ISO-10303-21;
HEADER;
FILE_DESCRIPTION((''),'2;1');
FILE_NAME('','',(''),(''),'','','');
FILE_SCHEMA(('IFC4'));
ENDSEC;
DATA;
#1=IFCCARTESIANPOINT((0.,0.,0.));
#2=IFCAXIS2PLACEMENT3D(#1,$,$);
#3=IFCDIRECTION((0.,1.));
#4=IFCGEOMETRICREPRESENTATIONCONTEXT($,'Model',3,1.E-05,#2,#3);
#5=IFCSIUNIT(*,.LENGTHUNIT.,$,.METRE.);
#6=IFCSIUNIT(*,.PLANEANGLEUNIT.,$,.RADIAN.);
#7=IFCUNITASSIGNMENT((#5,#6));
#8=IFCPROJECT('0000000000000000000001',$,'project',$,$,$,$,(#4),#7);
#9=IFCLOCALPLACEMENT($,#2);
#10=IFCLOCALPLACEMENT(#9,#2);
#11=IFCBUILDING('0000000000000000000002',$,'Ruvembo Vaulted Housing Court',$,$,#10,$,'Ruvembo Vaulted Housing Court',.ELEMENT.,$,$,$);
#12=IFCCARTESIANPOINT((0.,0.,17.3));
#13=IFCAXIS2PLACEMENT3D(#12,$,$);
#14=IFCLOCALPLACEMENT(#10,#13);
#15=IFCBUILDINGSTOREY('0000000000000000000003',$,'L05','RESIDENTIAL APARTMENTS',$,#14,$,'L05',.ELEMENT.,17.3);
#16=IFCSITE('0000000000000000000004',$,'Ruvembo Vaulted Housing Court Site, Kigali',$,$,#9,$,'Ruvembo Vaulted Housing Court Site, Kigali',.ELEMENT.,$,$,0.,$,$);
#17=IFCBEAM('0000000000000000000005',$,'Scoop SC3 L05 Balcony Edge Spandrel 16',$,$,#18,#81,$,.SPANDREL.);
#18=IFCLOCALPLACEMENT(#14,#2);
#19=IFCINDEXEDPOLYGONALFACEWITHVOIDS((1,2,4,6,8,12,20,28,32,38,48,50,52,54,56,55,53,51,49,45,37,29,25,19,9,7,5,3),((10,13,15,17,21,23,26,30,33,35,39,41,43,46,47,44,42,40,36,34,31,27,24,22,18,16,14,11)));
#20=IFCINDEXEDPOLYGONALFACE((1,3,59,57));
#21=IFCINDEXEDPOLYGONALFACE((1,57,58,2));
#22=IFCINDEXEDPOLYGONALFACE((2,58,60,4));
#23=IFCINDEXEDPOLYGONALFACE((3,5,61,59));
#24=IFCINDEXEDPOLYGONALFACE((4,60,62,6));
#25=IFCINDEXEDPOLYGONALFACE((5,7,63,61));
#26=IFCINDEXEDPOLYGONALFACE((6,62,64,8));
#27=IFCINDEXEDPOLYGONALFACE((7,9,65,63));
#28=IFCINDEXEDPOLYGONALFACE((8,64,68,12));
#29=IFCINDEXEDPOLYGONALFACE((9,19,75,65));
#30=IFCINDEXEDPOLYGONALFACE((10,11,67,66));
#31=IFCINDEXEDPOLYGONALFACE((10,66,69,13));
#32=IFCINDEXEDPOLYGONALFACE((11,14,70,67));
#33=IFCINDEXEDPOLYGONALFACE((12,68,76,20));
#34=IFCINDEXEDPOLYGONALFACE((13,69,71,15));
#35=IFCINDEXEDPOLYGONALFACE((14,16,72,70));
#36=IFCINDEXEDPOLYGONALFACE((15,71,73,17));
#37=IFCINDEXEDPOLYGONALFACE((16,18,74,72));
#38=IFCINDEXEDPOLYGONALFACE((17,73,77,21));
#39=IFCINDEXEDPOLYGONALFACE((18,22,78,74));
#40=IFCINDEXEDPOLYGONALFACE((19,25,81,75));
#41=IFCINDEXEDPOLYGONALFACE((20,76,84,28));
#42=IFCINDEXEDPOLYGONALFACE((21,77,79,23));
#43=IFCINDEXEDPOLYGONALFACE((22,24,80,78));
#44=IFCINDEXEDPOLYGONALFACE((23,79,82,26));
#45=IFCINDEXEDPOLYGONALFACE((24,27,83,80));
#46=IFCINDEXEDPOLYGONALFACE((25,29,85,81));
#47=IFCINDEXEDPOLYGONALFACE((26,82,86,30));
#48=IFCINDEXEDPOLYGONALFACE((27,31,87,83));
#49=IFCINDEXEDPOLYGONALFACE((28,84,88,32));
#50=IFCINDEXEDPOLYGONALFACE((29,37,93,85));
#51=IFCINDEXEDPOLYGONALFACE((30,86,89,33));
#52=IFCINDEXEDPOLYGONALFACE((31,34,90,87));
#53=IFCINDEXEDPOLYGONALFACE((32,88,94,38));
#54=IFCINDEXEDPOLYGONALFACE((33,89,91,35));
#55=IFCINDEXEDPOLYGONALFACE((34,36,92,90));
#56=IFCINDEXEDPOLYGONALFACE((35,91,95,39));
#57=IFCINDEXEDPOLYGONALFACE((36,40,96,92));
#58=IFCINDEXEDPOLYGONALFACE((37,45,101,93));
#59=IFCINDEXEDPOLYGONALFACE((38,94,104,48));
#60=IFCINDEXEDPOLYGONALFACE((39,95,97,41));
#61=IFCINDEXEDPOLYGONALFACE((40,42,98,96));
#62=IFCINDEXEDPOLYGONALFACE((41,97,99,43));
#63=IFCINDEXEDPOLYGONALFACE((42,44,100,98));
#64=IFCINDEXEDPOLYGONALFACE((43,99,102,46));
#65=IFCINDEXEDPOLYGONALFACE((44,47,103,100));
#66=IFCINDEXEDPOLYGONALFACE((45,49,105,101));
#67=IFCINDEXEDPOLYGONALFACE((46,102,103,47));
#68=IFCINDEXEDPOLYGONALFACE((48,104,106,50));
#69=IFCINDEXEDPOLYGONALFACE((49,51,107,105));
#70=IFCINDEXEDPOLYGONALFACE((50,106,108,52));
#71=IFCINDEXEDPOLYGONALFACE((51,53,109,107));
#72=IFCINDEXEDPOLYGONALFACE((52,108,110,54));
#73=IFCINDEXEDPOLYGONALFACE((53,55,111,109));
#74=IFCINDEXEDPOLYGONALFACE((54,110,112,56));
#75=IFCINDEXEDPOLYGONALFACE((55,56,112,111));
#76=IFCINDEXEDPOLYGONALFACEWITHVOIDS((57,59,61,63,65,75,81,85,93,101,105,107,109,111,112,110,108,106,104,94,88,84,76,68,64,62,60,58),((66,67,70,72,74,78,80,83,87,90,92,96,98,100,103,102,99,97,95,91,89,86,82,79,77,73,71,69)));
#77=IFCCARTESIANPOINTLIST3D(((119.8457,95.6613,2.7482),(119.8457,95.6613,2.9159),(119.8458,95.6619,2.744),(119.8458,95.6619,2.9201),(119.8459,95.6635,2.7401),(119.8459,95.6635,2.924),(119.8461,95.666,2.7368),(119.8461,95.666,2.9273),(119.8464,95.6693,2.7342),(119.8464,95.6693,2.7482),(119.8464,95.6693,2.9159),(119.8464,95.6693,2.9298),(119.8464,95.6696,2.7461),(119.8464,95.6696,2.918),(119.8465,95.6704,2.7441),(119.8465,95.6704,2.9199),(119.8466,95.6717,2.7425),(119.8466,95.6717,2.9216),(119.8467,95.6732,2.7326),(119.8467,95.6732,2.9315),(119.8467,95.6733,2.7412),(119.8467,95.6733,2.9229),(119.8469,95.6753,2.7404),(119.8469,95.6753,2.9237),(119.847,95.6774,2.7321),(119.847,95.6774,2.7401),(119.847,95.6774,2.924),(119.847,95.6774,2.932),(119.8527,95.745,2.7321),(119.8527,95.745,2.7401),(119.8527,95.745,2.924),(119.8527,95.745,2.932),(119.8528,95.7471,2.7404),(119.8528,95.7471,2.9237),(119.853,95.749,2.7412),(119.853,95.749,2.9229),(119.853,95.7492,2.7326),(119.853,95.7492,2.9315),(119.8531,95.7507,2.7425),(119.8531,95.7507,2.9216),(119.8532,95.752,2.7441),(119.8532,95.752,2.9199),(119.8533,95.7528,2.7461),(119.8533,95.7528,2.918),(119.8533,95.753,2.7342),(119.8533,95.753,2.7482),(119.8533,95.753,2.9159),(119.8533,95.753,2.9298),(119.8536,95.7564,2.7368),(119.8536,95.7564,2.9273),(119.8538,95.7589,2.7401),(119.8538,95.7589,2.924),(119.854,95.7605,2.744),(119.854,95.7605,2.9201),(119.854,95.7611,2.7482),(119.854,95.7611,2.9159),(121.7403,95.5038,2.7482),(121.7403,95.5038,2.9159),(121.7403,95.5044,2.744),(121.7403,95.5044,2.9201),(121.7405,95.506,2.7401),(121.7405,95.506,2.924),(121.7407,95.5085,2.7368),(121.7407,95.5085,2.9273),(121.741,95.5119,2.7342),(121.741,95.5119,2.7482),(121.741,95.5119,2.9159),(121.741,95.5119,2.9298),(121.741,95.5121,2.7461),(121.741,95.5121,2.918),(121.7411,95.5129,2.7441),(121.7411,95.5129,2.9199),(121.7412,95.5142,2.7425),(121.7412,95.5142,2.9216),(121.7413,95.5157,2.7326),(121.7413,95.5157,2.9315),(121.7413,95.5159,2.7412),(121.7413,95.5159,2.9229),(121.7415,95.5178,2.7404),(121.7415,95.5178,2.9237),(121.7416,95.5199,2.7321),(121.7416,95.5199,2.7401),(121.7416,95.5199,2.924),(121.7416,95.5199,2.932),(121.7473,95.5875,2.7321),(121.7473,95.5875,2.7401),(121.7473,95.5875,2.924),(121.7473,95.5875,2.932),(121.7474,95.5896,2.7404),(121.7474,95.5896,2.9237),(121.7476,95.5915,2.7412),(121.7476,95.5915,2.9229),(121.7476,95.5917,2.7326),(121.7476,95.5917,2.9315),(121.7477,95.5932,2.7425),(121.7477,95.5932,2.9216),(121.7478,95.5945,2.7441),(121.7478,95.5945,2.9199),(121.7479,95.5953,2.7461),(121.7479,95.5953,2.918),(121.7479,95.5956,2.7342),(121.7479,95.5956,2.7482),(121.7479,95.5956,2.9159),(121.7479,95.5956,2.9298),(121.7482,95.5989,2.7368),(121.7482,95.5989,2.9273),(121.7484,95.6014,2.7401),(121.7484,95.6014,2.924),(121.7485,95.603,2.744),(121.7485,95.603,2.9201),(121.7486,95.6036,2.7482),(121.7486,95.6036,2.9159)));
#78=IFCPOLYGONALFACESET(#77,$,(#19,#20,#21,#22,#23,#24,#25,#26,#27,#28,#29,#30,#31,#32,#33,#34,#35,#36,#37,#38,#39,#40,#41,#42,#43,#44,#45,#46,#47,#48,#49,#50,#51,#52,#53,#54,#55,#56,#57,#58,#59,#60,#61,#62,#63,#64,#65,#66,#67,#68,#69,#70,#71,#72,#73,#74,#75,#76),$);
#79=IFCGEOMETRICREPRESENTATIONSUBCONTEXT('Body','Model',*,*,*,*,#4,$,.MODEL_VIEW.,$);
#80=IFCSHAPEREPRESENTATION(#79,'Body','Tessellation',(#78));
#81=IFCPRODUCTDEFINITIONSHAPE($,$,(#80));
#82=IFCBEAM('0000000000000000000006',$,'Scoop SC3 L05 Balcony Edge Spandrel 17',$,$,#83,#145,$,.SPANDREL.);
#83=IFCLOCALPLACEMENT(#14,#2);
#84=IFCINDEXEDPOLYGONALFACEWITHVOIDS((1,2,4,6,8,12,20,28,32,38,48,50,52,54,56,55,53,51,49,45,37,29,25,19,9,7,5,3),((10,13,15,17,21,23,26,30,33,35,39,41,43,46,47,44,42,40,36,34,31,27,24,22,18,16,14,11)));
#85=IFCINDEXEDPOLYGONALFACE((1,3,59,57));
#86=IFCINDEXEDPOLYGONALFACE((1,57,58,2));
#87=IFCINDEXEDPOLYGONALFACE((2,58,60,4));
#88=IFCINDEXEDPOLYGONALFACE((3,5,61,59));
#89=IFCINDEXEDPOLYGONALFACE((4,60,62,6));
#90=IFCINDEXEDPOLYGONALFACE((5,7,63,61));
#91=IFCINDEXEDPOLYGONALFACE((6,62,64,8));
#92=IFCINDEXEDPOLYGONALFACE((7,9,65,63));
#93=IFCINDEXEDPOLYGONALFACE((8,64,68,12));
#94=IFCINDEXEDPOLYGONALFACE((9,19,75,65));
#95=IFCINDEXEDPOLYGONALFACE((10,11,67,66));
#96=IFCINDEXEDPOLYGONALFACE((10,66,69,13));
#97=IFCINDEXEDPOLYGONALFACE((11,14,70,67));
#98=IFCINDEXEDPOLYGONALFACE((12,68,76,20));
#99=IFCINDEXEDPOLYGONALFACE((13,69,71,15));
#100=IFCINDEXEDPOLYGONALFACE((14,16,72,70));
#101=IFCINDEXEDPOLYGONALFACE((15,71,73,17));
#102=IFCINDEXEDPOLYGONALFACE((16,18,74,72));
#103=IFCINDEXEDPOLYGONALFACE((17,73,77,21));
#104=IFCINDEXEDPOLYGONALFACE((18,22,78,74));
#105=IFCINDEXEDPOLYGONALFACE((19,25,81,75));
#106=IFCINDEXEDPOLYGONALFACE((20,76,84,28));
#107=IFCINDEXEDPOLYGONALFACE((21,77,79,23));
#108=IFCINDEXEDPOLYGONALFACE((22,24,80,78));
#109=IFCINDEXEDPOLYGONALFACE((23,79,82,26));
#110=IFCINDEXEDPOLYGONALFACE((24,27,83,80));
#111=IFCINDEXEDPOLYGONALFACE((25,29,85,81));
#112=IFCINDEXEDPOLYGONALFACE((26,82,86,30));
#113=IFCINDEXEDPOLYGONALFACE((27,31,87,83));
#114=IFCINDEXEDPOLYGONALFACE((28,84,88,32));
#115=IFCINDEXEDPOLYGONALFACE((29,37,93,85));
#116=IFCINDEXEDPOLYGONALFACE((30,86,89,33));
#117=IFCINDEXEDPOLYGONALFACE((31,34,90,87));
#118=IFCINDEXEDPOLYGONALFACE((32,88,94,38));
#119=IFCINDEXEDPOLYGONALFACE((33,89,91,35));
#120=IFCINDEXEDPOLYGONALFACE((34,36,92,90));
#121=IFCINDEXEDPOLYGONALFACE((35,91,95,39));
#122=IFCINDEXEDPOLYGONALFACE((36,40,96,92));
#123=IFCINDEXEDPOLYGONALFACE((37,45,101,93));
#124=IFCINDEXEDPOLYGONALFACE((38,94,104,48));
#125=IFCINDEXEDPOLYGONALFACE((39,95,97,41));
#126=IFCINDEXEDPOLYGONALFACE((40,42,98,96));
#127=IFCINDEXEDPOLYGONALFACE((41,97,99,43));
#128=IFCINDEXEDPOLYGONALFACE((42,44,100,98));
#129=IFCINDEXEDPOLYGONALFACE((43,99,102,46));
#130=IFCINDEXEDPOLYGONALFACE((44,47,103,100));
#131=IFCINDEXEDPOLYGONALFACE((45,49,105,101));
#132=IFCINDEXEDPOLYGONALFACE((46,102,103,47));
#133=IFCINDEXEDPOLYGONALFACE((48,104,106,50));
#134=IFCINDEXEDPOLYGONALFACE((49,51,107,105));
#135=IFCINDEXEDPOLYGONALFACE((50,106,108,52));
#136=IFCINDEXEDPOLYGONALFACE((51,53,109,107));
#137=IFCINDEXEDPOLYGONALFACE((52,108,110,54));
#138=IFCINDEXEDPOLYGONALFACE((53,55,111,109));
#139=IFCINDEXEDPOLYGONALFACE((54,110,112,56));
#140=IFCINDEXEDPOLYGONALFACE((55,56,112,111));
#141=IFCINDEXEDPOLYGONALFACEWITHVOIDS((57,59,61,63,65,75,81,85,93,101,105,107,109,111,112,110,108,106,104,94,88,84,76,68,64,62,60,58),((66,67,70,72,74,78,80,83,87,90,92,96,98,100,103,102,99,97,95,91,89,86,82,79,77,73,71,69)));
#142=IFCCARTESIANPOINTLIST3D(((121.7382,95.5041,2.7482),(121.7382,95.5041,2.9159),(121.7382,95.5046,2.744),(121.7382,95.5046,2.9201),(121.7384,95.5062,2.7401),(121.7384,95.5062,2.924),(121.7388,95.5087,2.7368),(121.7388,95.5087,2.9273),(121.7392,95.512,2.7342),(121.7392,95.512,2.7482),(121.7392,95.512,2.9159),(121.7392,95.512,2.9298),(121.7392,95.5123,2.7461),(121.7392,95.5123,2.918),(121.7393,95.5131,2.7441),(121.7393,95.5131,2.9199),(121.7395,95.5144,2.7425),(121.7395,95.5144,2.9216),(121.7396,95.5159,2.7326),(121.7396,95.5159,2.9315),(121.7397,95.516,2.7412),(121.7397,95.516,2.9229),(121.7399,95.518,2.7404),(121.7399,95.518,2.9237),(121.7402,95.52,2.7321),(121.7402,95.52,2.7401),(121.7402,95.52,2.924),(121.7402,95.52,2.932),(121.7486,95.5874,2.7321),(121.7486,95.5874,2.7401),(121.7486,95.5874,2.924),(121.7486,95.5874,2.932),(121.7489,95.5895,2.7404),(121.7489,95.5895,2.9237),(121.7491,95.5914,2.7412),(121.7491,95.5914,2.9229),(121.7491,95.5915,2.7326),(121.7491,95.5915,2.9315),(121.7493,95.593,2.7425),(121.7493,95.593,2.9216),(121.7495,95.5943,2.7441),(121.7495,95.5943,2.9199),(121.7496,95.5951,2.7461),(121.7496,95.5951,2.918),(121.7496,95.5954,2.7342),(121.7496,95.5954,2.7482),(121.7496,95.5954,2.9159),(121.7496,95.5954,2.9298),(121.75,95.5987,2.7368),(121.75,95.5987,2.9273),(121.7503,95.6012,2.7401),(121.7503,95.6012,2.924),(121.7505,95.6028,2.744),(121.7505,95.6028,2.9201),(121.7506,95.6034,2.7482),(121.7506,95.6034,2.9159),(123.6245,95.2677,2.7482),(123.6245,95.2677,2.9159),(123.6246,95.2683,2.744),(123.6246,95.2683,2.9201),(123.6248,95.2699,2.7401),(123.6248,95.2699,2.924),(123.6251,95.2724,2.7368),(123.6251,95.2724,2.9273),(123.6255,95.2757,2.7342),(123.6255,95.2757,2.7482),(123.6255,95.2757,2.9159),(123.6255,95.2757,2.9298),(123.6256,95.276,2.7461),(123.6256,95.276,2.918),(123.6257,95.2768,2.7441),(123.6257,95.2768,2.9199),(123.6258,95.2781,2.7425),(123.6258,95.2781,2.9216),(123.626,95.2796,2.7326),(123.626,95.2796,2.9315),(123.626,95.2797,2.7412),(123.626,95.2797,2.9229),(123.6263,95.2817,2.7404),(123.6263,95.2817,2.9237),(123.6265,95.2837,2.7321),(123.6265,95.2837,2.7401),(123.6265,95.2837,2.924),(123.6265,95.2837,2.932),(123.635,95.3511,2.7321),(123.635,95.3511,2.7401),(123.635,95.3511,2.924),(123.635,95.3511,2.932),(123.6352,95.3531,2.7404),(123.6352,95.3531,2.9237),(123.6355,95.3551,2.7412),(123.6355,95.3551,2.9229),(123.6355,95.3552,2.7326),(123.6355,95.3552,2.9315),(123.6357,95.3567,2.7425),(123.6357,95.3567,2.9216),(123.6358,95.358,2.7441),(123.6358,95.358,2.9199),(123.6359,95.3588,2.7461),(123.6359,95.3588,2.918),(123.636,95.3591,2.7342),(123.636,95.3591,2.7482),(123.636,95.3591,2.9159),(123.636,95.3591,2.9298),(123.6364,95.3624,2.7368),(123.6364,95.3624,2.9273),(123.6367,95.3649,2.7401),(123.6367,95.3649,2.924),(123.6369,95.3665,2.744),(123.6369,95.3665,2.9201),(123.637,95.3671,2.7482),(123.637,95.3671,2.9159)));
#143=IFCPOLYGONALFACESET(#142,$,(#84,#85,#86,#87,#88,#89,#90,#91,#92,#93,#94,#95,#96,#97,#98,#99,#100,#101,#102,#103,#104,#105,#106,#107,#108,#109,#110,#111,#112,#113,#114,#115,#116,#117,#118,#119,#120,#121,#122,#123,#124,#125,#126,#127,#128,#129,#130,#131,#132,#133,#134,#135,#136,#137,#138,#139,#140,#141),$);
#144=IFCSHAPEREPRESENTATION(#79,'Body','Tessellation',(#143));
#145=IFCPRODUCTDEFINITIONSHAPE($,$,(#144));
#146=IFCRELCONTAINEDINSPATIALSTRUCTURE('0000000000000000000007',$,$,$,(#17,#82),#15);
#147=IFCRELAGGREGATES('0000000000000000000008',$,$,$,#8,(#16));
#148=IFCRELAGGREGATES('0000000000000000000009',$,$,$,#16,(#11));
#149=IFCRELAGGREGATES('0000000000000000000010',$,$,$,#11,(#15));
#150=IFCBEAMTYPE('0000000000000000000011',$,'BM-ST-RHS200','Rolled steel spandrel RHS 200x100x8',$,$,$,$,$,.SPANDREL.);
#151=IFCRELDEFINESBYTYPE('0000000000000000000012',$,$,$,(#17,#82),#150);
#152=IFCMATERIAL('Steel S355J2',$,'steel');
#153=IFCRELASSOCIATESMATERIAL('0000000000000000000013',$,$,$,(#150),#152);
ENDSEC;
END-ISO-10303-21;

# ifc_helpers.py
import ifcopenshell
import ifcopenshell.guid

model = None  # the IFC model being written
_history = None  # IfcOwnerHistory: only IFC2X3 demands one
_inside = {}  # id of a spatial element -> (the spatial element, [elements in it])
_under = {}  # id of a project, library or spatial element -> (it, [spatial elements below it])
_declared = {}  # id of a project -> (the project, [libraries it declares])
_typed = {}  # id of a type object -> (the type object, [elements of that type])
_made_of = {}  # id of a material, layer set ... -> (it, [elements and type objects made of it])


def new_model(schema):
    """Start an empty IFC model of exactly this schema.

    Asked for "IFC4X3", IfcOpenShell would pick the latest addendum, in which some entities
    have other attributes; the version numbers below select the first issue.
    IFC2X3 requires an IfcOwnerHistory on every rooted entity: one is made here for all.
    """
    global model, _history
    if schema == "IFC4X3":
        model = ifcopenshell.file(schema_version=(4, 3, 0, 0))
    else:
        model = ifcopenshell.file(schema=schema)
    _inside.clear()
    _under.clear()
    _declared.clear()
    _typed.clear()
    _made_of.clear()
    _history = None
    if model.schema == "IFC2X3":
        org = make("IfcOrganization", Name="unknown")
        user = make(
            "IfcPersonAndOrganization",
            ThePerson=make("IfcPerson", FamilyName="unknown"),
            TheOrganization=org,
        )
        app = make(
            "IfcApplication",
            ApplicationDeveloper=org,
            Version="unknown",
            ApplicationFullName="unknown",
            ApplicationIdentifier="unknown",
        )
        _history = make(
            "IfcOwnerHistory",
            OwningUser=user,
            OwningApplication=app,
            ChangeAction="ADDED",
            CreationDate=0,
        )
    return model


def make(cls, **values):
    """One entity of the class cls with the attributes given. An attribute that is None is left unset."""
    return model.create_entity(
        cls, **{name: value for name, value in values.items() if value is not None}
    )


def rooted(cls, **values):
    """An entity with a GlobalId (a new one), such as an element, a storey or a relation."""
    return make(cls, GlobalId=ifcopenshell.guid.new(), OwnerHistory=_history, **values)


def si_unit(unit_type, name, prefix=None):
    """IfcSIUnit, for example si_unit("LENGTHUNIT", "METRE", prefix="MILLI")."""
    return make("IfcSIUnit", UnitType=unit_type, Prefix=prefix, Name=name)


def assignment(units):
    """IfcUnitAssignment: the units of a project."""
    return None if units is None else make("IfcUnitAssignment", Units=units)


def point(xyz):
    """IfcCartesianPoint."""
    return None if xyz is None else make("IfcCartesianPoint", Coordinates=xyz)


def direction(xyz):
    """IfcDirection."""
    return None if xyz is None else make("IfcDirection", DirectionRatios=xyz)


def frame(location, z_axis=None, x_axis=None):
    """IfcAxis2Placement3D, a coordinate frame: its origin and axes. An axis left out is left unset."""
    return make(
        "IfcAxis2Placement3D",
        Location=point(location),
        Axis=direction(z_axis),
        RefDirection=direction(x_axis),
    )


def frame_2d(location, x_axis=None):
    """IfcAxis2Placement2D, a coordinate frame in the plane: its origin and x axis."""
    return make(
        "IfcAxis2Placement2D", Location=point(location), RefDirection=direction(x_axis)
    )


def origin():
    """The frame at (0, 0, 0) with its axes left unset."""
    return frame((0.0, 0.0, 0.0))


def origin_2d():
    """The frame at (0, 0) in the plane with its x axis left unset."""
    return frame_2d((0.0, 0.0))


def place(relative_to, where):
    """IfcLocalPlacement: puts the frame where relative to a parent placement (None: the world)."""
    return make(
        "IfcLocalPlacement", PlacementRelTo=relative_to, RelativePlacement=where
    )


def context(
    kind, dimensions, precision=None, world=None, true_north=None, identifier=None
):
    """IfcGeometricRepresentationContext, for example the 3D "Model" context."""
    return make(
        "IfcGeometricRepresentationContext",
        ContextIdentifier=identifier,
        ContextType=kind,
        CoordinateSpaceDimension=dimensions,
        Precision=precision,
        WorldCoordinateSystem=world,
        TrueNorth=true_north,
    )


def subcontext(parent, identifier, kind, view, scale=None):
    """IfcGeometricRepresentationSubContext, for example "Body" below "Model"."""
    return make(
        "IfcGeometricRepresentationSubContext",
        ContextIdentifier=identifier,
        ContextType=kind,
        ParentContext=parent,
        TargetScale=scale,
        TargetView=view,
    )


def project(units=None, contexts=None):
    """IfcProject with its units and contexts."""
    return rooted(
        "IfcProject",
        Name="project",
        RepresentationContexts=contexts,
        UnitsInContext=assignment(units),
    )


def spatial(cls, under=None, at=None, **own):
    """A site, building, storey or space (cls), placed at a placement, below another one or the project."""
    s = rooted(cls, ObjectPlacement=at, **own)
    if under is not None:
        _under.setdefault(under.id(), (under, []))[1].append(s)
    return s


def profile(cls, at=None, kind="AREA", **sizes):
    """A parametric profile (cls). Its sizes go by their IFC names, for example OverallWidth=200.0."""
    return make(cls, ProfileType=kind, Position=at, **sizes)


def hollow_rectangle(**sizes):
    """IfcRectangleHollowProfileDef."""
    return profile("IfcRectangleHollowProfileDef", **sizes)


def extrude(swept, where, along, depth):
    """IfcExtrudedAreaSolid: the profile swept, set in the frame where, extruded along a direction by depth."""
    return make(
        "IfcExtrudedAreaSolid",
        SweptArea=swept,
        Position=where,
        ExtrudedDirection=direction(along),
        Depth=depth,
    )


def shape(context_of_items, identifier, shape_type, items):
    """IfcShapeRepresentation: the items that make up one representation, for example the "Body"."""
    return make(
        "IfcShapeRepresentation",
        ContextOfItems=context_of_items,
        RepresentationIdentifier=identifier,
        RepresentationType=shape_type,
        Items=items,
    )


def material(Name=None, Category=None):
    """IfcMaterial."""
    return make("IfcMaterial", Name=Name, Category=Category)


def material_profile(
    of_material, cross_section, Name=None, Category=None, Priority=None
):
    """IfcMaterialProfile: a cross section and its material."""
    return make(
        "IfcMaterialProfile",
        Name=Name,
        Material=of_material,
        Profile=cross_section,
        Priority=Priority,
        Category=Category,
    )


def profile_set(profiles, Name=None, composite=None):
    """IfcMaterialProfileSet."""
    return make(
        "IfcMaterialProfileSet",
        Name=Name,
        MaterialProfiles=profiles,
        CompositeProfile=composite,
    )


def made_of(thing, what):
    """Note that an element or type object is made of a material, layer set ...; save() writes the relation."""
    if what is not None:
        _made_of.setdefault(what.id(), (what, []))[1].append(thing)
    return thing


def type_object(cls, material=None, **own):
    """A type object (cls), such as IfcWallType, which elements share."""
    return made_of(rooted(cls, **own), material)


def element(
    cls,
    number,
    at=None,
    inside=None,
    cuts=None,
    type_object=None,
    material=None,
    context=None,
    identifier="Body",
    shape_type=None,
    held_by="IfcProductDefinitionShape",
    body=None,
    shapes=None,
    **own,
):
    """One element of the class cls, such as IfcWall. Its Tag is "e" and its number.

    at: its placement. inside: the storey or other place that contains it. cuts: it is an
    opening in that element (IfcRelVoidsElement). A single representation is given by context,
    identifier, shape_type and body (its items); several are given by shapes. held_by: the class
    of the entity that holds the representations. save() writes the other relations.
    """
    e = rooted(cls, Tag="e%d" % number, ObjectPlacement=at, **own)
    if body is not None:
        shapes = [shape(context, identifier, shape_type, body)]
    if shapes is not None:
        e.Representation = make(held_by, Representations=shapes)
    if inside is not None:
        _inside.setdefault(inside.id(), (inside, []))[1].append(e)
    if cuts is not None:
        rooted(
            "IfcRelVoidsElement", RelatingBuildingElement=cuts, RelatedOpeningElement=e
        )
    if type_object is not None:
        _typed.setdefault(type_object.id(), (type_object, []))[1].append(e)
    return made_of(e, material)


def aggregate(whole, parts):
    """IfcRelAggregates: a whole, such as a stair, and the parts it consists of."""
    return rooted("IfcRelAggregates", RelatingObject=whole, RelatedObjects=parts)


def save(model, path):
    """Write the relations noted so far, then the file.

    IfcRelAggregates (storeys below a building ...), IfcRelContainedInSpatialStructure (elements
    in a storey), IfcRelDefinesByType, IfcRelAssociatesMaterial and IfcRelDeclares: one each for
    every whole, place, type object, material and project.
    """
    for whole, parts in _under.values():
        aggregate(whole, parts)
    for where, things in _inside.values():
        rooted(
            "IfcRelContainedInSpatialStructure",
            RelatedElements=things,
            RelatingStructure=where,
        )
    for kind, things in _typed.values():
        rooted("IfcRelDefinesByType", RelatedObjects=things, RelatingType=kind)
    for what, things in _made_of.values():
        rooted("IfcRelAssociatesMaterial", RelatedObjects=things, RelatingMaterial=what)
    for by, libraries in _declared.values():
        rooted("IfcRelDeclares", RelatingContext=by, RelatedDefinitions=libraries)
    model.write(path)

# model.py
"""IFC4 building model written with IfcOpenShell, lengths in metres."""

from ifc_helpers import new_model, si_unit, direction, frame, origin, origin_2d, place, context, subcontext, project, spatial, hollow_rectangle, extrude, material, material_profile, profile_set, type_object, element, save


model = new_model("IFC4")

# Units and contexts
model_context = context("Model", 3, precision=1e-05, world=origin(), true_north=direction((0.0, 1.0)))
body_context = subcontext(model_context, "Body", "Model", "MODEL_VIEW")
ifc_project = project(units=[si_unit("LENGTHUNIT", "METRE"), si_unit("PLANEANGLEUNIT", "RADIAN")], contexts=[model_context])

# Site, building, storey
site_placement = place(None, origin())
site = spatial("IfcSite", under=ifc_project, at=site_placement, Name="Ruvembo Vaulted Housing Court Site, Kigali", LongName="Ruvembo Vaulted Housing Court Site, Kigali", CompositionType="ELEMENT", RefElevation=0.0)
building_placement = place(site_placement, origin())
building = spatial("IfcBuilding", under=site, at=building_placement, Name="Ruvembo Vaulted Housing Court", LongName="Ruvembo Vaulted Housing Court", CompositionType="ELEMENT")
storey_placement = place(building_placement, frame((0.0, 0.0, 17.3)))
storey = spatial("IfcBuildingStorey", under=building, at=storey_placement, Name="L05", Description="RESIDENTIAL APARTMENTS", LongName="L05", CompositionType="ELEMENT", Elevation=17.3)

# Beams
ifc_material_1 = material(Name="Steel S355J2", Category="steel")
ifc_material_profile_1 = material_profile(ifc_material_1, hollow_rectangle(XDim=0.1001, YDim=0.2, WallThickness=0.0081, InnerFilletRadius=0.0081, OuterFilletRadius=0.0161, at=origin_2d()), Name="RHS 200x100x8")
ifc_profile_set_1 = profile_set([ifc_material_profile_1], Name="Steel S355J2")
beam_type = type_object("IfcBeamType", Name="BM-ST-RHS200", Description="Rolled steel spandrel RHS 200x100x8", PredefinedType="SPANDREL", material=ifc_profile_set_1)
for number, where, z_axis, x_axis, name in (
    (1, (119.8499, 95.7112, 2.832), (0.996563, -0.082833, 0.0), (0.082833, 0.996563, 0.0), "Scoop SC3 L05 Balcony Edge Spandrel 16"),
    (2, (121.7444, 95.5537, 2.832), (0.992244, -0.124303, 0.0), (0.124303, 0.992244, 0.0), "Scoop SC3 L05 Balcony Edge Spandrel 17"),
):
    element("IfcBeam", number, at=place(storey_placement, frame(where, z_axis=z_axis, x_axis=x_axis)), inside=storey, type_object=beam_type, Name=name, PredefinedType="SPANDREL", context=body_context, shape_type="SweptSolid", body=[
        extrude(hollow_rectangle(XDim=0.1001, YDim=0.2, WallThickness=0.0081, InnerFilletRadius=0.0081, OuterFilletRadius=0.0161, at=origin_2d()), origin(), (0.0, 0.0, 1.0), 1.9011),
    ])

save(model, "model.ifc")
